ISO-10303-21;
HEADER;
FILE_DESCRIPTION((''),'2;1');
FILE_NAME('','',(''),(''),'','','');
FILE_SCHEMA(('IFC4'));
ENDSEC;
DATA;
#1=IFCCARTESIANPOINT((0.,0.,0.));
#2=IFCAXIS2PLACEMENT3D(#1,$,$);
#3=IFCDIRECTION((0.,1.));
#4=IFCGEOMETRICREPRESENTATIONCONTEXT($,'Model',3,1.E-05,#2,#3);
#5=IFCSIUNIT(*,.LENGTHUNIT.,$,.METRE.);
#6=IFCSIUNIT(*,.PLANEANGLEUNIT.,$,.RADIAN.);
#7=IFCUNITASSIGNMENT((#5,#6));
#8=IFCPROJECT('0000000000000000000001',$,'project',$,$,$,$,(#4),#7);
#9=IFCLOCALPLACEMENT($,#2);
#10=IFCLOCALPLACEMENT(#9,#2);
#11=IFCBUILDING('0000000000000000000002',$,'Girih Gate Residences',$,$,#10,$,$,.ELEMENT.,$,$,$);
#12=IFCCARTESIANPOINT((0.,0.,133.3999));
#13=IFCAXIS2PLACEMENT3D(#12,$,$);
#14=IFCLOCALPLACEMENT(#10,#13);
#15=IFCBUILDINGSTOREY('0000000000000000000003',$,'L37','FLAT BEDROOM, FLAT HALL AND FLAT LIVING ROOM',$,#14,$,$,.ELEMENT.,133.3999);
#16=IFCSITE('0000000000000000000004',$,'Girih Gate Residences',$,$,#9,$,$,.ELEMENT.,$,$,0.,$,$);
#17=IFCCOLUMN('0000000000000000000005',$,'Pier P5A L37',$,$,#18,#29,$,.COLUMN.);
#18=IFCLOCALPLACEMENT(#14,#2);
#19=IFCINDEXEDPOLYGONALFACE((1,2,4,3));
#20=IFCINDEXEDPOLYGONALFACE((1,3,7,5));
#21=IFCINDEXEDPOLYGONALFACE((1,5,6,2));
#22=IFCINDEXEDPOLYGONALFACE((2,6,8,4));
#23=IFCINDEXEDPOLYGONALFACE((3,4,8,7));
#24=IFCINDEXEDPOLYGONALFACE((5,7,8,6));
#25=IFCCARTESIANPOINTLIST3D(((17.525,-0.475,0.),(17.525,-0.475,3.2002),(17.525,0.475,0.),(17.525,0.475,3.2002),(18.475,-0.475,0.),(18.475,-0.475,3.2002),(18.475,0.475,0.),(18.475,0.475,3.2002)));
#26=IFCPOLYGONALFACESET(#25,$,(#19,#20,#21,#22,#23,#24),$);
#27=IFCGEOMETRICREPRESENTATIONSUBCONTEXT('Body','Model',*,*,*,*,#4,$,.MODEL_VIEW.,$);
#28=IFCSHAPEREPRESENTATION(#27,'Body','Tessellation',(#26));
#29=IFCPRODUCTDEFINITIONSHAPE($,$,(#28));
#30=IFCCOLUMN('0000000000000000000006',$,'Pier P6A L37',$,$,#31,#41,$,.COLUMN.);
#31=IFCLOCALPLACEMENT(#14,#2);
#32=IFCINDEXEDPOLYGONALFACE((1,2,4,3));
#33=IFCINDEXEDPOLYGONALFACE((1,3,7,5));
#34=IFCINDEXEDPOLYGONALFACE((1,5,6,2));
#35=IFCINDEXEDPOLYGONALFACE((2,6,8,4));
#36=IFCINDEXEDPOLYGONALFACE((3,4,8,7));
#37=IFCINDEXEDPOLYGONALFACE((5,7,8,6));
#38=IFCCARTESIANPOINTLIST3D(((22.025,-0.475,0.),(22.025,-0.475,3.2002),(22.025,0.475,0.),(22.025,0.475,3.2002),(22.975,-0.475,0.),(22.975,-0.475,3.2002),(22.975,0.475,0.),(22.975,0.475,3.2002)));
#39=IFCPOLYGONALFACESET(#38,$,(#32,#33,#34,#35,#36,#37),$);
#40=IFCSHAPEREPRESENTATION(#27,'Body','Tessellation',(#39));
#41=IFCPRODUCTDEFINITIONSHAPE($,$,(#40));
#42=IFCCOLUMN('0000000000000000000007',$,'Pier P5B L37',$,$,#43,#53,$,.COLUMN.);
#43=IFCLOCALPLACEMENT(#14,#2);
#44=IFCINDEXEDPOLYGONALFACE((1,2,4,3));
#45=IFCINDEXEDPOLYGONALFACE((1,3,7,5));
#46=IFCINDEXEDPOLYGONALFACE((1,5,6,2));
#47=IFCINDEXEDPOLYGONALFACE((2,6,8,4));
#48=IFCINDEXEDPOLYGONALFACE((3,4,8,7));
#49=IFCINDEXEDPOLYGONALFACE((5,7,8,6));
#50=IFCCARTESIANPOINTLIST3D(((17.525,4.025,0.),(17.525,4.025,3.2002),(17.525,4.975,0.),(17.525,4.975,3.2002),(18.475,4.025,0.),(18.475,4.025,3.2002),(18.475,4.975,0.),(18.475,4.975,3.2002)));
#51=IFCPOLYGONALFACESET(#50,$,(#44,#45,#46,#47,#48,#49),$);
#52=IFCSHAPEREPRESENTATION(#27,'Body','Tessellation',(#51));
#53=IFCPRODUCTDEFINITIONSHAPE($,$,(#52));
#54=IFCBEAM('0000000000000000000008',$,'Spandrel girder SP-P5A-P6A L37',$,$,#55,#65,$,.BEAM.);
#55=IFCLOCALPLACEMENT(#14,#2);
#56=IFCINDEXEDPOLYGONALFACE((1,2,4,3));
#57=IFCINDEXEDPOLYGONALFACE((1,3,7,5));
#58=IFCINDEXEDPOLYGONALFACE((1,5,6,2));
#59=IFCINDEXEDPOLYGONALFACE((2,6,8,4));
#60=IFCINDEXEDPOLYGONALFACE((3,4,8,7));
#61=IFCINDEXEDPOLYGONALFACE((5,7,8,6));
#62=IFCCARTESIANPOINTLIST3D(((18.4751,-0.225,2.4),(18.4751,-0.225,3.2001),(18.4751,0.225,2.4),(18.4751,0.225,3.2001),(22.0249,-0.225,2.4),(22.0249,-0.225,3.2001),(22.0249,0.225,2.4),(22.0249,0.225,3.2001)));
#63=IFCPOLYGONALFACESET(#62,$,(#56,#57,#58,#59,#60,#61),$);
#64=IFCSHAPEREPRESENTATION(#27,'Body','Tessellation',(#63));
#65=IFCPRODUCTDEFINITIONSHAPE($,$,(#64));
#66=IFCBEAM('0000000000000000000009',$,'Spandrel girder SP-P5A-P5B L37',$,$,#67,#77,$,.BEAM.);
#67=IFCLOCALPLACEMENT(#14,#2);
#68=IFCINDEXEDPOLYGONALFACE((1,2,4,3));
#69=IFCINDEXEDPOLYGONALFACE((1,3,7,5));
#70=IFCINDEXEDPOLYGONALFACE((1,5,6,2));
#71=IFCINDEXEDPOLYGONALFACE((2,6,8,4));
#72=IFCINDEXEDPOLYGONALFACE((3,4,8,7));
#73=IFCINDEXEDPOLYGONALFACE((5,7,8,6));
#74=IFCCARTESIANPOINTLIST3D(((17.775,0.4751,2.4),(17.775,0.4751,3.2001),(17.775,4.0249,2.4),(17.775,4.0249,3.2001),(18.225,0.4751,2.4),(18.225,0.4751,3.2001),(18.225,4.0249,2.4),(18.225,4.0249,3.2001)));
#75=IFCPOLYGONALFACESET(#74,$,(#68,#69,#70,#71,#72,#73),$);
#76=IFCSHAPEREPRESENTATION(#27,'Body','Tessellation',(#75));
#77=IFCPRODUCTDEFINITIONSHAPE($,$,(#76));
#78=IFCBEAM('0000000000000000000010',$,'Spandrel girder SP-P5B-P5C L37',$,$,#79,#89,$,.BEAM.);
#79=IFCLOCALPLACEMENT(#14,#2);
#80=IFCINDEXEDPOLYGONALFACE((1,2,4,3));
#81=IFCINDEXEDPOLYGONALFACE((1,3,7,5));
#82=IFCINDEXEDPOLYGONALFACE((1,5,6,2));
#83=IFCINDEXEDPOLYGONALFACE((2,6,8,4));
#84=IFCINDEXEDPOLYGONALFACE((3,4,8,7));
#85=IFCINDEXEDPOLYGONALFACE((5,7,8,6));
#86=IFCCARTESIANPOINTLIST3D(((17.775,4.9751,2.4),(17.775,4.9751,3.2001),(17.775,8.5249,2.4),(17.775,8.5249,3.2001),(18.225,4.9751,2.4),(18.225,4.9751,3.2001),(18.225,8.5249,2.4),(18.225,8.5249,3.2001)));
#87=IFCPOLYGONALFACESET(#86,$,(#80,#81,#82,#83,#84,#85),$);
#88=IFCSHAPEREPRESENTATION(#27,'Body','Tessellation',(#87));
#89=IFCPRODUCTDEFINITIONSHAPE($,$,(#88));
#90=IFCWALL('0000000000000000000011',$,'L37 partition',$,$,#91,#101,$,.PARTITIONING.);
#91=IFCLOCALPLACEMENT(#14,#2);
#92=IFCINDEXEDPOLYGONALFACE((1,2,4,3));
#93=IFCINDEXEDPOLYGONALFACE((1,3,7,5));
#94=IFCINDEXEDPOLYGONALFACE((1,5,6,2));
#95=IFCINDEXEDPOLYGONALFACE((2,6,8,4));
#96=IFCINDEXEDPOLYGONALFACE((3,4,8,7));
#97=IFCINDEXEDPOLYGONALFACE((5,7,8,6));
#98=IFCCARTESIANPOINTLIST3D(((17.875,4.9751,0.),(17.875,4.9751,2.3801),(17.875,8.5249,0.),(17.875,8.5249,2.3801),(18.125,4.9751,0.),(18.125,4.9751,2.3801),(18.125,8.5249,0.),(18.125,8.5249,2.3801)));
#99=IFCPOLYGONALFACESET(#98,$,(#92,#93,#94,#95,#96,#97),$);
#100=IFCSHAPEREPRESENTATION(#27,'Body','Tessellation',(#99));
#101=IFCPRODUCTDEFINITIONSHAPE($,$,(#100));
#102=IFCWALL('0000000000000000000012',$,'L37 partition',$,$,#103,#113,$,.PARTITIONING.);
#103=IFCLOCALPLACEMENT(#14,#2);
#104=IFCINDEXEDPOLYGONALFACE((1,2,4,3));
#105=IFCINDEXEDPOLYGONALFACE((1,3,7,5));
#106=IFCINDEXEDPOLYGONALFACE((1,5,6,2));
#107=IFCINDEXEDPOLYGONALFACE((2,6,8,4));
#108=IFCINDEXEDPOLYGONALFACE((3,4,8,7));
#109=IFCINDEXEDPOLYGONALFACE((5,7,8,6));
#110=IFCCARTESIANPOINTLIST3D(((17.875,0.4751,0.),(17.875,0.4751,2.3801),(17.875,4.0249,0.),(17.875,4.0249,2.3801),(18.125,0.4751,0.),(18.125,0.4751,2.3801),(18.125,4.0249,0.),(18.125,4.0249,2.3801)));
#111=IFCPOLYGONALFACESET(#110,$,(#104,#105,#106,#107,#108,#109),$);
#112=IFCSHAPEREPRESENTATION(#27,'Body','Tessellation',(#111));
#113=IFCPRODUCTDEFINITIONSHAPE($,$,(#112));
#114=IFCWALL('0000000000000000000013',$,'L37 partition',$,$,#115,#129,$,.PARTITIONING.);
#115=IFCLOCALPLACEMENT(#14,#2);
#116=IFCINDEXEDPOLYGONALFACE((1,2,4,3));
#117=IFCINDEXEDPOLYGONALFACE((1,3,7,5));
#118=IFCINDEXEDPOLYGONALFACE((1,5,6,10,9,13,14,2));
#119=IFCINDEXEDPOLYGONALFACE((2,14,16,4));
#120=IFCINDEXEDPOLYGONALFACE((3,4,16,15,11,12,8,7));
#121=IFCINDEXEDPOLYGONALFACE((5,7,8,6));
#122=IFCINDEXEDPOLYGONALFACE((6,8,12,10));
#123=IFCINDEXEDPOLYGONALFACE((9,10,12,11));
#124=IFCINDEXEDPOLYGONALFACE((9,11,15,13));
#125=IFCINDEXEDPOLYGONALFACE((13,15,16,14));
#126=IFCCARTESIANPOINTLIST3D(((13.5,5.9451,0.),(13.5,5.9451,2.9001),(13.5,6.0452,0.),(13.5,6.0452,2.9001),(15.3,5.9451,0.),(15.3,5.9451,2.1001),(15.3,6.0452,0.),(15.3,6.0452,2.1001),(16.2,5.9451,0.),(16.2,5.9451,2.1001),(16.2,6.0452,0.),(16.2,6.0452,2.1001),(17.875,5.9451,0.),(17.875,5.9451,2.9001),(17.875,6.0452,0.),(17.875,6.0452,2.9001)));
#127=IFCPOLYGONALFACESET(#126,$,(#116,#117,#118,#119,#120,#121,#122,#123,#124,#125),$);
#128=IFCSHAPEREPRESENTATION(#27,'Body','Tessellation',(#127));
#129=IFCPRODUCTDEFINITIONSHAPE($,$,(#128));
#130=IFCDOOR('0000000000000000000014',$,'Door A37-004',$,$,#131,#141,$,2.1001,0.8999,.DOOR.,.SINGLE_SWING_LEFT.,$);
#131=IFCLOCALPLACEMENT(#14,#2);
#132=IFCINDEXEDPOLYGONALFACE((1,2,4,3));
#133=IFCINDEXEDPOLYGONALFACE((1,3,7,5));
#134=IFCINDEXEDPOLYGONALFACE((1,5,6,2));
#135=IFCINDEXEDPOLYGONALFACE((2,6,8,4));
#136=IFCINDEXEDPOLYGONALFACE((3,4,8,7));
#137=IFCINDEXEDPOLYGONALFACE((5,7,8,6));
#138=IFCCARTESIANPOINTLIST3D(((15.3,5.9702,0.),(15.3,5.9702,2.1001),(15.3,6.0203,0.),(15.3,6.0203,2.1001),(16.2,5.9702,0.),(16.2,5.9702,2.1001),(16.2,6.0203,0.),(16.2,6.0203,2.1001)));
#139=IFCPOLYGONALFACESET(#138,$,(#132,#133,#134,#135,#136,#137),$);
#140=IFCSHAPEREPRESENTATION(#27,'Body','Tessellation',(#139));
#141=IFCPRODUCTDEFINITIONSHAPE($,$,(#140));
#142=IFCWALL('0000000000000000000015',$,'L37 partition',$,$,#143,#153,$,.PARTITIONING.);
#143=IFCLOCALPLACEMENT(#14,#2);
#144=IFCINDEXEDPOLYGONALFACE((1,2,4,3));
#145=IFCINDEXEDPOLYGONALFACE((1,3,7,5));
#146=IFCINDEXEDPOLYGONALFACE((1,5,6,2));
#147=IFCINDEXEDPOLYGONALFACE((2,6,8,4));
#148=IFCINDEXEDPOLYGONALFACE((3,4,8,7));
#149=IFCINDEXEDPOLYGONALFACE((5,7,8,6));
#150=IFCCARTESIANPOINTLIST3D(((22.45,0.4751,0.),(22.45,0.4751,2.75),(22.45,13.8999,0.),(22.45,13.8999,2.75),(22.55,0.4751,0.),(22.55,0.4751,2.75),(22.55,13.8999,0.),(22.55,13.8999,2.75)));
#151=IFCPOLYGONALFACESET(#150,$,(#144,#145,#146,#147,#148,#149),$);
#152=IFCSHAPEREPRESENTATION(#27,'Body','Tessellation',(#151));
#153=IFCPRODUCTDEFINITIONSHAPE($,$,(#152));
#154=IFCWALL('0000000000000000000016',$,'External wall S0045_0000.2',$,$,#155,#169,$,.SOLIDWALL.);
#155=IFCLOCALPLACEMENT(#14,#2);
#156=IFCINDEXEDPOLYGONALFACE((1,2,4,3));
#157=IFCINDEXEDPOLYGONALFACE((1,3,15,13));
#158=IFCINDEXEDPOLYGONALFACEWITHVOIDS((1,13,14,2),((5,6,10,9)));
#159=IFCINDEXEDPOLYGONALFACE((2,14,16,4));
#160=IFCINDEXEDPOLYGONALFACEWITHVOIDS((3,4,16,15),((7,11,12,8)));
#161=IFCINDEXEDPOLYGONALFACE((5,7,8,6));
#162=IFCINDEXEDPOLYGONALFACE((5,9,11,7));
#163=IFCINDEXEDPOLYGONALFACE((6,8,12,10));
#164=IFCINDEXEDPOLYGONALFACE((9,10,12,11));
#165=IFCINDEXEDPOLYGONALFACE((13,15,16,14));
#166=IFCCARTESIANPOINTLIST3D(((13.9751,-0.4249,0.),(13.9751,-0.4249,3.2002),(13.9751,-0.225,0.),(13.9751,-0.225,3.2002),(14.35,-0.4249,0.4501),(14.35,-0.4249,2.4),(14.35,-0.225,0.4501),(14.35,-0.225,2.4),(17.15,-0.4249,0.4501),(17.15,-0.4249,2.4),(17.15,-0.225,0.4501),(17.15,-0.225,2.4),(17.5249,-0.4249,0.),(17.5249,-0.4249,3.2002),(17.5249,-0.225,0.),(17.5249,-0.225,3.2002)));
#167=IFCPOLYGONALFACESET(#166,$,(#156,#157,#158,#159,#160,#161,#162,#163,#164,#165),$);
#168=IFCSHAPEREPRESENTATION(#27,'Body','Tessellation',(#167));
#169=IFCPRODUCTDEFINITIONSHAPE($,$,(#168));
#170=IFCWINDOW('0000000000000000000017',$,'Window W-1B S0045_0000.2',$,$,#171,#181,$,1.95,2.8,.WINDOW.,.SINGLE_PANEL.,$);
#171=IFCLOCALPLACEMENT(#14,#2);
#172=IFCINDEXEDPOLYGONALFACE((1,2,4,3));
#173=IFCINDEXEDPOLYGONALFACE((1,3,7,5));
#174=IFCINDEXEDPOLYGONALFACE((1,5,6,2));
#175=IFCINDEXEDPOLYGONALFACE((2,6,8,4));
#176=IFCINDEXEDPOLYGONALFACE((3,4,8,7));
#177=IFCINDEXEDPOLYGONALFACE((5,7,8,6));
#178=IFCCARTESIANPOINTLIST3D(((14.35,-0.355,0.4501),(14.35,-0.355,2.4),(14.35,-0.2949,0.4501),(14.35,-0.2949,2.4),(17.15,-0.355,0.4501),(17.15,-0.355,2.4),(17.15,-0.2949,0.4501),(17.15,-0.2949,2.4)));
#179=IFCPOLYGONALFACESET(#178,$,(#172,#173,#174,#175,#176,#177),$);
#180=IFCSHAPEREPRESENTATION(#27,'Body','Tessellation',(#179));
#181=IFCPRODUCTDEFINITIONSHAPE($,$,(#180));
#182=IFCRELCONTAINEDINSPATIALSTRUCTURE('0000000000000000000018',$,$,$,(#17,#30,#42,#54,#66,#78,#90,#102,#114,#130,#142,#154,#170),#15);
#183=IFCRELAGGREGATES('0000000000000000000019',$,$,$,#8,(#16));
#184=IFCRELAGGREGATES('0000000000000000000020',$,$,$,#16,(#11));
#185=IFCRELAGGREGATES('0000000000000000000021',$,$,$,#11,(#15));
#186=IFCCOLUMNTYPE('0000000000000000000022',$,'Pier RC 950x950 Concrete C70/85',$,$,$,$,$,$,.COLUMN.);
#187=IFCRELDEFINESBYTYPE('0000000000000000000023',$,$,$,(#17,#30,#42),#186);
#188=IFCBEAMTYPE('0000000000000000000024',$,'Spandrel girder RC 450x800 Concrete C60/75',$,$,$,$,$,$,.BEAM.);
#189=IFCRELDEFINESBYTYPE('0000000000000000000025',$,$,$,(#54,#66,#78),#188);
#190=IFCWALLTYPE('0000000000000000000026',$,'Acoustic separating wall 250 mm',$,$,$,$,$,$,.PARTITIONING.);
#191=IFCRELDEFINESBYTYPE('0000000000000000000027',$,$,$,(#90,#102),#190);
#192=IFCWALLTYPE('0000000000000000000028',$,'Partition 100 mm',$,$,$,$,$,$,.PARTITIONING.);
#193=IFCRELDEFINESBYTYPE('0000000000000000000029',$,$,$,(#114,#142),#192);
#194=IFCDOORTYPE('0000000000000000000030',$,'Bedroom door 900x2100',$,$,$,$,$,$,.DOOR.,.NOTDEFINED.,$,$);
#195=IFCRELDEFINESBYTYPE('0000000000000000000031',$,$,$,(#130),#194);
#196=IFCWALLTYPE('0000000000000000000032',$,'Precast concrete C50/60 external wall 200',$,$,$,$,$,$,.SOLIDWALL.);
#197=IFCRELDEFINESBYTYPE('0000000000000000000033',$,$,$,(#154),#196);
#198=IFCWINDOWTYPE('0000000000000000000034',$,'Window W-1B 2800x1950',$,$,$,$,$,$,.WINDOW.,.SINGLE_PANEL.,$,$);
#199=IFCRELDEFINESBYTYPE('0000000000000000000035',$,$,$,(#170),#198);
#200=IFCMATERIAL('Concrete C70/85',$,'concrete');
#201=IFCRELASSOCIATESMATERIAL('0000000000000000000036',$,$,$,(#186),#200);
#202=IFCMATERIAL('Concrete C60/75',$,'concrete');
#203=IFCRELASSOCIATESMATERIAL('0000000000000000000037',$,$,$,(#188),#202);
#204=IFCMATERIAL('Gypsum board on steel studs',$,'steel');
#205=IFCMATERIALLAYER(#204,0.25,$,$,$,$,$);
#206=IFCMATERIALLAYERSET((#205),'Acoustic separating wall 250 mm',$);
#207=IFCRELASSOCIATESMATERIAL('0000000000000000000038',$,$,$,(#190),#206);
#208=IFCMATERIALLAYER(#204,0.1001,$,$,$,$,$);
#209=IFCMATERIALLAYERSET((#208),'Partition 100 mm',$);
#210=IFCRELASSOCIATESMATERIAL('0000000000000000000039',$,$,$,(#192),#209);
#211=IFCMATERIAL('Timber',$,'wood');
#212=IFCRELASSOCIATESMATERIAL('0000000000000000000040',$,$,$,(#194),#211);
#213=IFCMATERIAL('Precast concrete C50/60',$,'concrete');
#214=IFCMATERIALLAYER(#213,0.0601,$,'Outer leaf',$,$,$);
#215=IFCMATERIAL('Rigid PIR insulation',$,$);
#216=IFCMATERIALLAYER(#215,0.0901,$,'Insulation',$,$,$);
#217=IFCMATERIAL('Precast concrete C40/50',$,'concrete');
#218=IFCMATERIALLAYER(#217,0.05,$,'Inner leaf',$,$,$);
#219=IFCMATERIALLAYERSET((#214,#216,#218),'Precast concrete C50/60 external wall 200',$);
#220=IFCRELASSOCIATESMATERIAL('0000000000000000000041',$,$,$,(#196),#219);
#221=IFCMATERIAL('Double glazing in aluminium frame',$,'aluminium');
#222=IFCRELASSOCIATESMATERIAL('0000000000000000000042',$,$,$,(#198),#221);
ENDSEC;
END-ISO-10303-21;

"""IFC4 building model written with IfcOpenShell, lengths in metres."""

from ifc_helpers import new_model, si_unit, direction, frame, frame_2d, origin, origin_2d, place, context, subcontext, project, spatial, rectangle, extrude, material, layer, layer_set, material_profile, profile_set, type_object, element, fill, save


model = new_model("IFC4")

# Units and contexts
model_context = context("Model", 3, precision=1e-05, world=origin(), true_north=direction((0.0, 1.0)))
body_context = subcontext(model_context, "Body", "Model", "MODEL_VIEW")
ifc_project = project(units=[si_unit("LENGTHUNIT", "METRE"), si_unit("PLANEANGLEUNIT", "RADIAN")], contexts=[model_context])

# Site, building, storey
site_placement = place(None, origin())
site = spatial("IfcSite", under=ifc_project, at=site_placement, Name="Girih Gate Residences", CompositionType="ELEMENT", RefElevation=0.0)
building_placement = place(site_placement, origin())
building = spatial("IfcBuilding", under=site, at=building_placement, Name="Girih Gate Residences", CompositionType="ELEMENT")
storey_placement = place(building_placement, frame((0.0, 0.0, 133.3999)))
storey = spatial("IfcBuildingStorey", under=building, at=storey_placement, Name="L37", Description="FLAT BEDROOM, FLAT HALL AND FLAT LIVING ROOM", CompositionType="ELEMENT", Elevation=133.3999)

# Columns
ifc_material_1 = material(Name="Concrete C70/85", Category="concrete")
ifc_material_profile_1 = material_profile(ifc_material_1, rectangle(XDim=0.95, YDim=0.95, at=origin_2d()))
ifc_profile_set_1 = profile_set([ifc_material_profile_1], Name="Concrete C70/85")
column_type = type_object("IfcColumnType", Name="Pier RC 950x950 Concrete C70/85", PredefinedType="COLUMN", material=ifc_profile_set_1)
for number, where, z_axis, x_axis, name in (
    (1, (18.0, 0.0, 0.0), (0.0, 0.0, 1.0), (1.0, 0.0, 0.0), "Pier P5A L37"),
    (2, (22.5, 0.0, 0.0), (0.0, 0.0, 1.0), (1.0, 0.0, 0.0), "Pier P6A L37"),
    (3, (18.0, 4.5, 0.0), (0.0, 0.0, 1.0), (1.0, 0.0, 0.0), "Pier P5B L37"),
):
    element("IfcColumn", number, at=place(storey_placement, frame(where, z_axis=z_axis, x_axis=x_axis)), inside=storey, type_object=column_type, Name=name, PredefinedType="COLUMN", context=body_context, shape_type="SweptSolid", body=[
        extrude(rectangle(XDim=0.95, YDim=0.95, at=origin_2d()), origin(), (0.0, 0.0, 1.0), 3.2002),
    ])

# Beams
ifc_material_2 = material(Name="Concrete C60/75", Category="concrete")
ifc_material_profile_2 = material_profile(ifc_material_2, rectangle(XDim=0.45, YDim=0.8, at=origin_2d()))
ifc_profile_set_2 = profile_set([ifc_material_profile_2], Name="Concrete C60/75")
beam_type = type_object("IfcBeamType", Name="Spandrel girder RC 450x800 Concrete C60/75", PredefinedType="BEAM", material=ifc_profile_set_2)
for number, where, z_axis, x_axis, name in (
    (4, (18.4751, 0.0, 2.8), (1.0, 0.0, 0.0), (0.0, 1.0, 0.0), "Spandrel girder SP-P5A-P6A L37"),
    (5, (18.0, 0.4751, 2.8), (0.0, 1.0, 0.0), (-1.0, 0.0, 0.0), "Spandrel girder SP-P5A-P5B L37"),
    (6, (18.0, 4.9751, 2.8), (0.0, 1.0, 0.0), (-1.0, 0.0, 0.0), "Spandrel girder SP-P5B-P5C L37"),
):
    element("IfcBeam", number, at=place(storey_placement, frame(where, z_axis=z_axis, x_axis=x_axis)), inside=storey, type_object=beam_type, Name=name, PredefinedType="BEAM", context=body_context, shape_type="SweptSolid", body=[
        extrude(rectangle(XDim=0.45, YDim=0.8, at=origin_2d()), origin(), (0.0, 0.0, 1.0), 3.5498),
    ])

# Walls
ifc_material_3 = material(Name="Gypsum board on steel studs", Category="steel")
ifc_layer_1 = layer(ifc_material_3, 0.25)
ifc_layer_set_1 = layer_set([ifc_layer_1], Name="Acoustic separating wall 250 mm")
wall_type_1 = type_object("IfcWallType", Name="Acoustic separating wall 250 mm", PredefinedType="PARTITIONING", material=ifc_layer_set_1)
for number, where, z_axis, x_axis, name in (
    (7, (18.0, 4.9751, 0.0), (0.0, 0.0, 1.0), (0.0, 1.0, 0.0), "L37 partition"),
    (8, (18.0, 0.4751, 0.0), (0.0, 0.0, 1.0), (0.0, 1.0, 0.0), "L37 partition"),
):
    element("IfcWall", number, at=place(storey_placement, frame(where, z_axis=z_axis, x_axis=x_axis)), inside=storey, type_object=wall_type_1, Name=name, PredefinedType="PARTITIONING", context=body_context, shape_type="SweptSolid", body=[
        extrude(rectangle(XDim=3.5498, YDim=0.25, at=frame_2d((1.7749, 0.0))), origin(), (0.0, 0.0, 1.0), 2.3801),
    ])

# Wall, opening, door
ifc_layer_2 = layer(ifc_material_3, 0.1001)
ifc_layer_set_2 = layer_set([ifc_layer_2], Name="Partition 100 mm")
wall_type_2 = type_object("IfcWallType", Name="Partition 100 mm", PredefinedType="PARTITIONING", material=ifc_layer_set_2)
wall_1_placement = place(storey_placement, frame((17.875, 5.9951, 0.0), z_axis=(0.0, 0.0, 1.0), x_axis=(-1.0, 0.0, 0.0)))
wall_1 = element("IfcWall", 9, at=wall_1_placement, inside=storey, type_object=wall_type_2, Name="L37 partition", PredefinedType="PARTITIONING", context=body_context, shape_type="SweptSolid", body=[
    extrude(rectangle(XDim=4.375, YDim=0.1001, at=frame_2d((2.1875, 0.0))), origin(), (0.0, 0.0, 1.0), 2.9001),
])
opening_1_placement = place(wall_1_placement, frame((1.675, 0.0, 0.0)))
opening_1 = element("IfcOpeningElement", 10, at=opening_1_placement, cuts=wall_1, PredefinedType="OPENING", context=body_context, shape_type="SweptSolid", body=[
    extrude(rectangle(XDim=0.8999, YDim=2.1001, at=frame_2d((0.45, 1.05))), frame((0.0, 0.0601, 0.0), z_axis=(0.0, -1.0, 0.0), x_axis=(1.0, 0.0, 0.0)), (0.0, 0.0, 1.0), 0.1201),
])
ifc_material_4 = material(Name="Timber", Category="wood")
door_type_1 = type_object("IfcDoorType", Name="Bedroom door 900x2100", OperationType="NOTDEFINED", PredefinedType="DOOR", material=ifc_material_4)
door_1_placement = place(opening_1_placement, origin())
door_1 = element("IfcDoor", 11, at=door_1_placement, inside=storey, type_object=door_type_1, Name="Door A37-004", OperationType="SINGLE_SWING_LEFT", OverallHeight=2.1001, OverallWidth=0.8999, PredefinedType="DOOR", context=body_context, shape_type="SweptSolid", body=[
    extrude(rectangle(XDim=0.8999, YDim=2.1001, at=frame_2d((0.45, 1.05))), frame((0.0, 0.0249, 0.0), z_axis=(0.0, -1.0, 0.0), x_axis=(1.0, 0.0, 0.0)), (0.0, 0.0, 1.0), 0.05),
])
fill(opening_1, door_1)

# Wall
wall_2_placement = place(storey_placement, frame((22.5, 0.4751, 0.0), z_axis=(0.0, 0.0, 1.0), x_axis=(0.0, 1.0, 0.0)))
element("IfcWall", 12, at=wall_2_placement, inside=storey, type_object=wall_type_2, Name="L37 partition", PredefinedType="PARTITIONING", context=body_context, shape_type="SweptSolid", body=[
    extrude(rectangle(XDim=13.4248, YDim=0.1001, at=frame_2d((6.7124, 0.0))), origin(), (0.0, 0.0, 1.0), 2.75),
])

# Wall, opening, window
ifc_material_5 = material(Name="Precast concrete C50/60", Category="concrete")
ifc_layer_3 = layer(ifc_material_5, 0.0601, Name="Outer leaf")
ifc_material_6 = material(Name="Rigid PIR insulation")
ifc_layer_4 = layer(ifc_material_6, 0.0901, Name="Insulation")
ifc_material_7 = material(Name="Precast concrete C40/50", Category="concrete")
ifc_layer_5 = layer(ifc_material_7, 0.05, Name="Inner leaf")
ifc_layer_set_3 = layer_set([ifc_layer_3, ifc_layer_4, ifc_layer_5], Name="Precast concrete C50/60 external wall 200")
wall_type_3 = type_object("IfcWallType", Name="Precast concrete C50/60 external wall 200", PredefinedType="SOLIDWALL", material=ifc_layer_set_3)
wall_3_placement = place(storey_placement, frame((17.5249, -0.325, 0.0), z_axis=(0.0, 0.0, 1.0), x_axis=(-1.0, 0.0, 0.0)))
wall_3 = element("IfcWall", 13, at=wall_3_placement, inside=storey, type_object=wall_type_3, Name="External wall S0045_0000.2", PredefinedType="SOLIDWALL", context=body_context, shape_type="SweptSolid", body=[
    extrude(rectangle(XDim=3.5498, YDim=0.2, at=frame_2d((1.7749, 0.0))), origin(), (0.0, 0.0, 1.0), 3.2002),
])
opening_2_placement = place(wall_3_placement, frame((0.375, 0.0, 0.45)))
opening_2 = element("IfcOpeningElement", 14, at=opening_2_placement, cuts=wall_3, PredefinedType="OPENING", context=body_context, shape_type="SweptSolid", body=[
    extrude(rectangle(XDim=2.8, YDim=1.95, at=frame_2d((1.3999, 0.9751))), frame((0.0, 0.1099, 0.0), z_axis=(0.0, -1.0, 0.0), x_axis=(1.0, 0.0, 0.0)), (0.0, 0.0, 1.0), 0.22),
])
ifc_material_8 = material(Name="Double glazing in aluminium frame", Category="aluminium")
window_type = type_object("IfcWindowType", Name="Window W-1B 2800x1950", PartitioningType="SINGLE_PANEL", PredefinedType="WINDOW", material=ifc_material_8)
window_1_placement = place(opening_2_placement, origin())
window_1 = element("IfcWindow", 15, at=window_1_placement, inside=storey, type_object=window_type, Name="Window W-1B S0045_0000.2", OverallHeight=1.95, OverallWidth=2.8, PartitioningType="SINGLE_PANEL", PredefinedType="WINDOW", context=body_context, shape_type="SweptSolid", body=[
    extrude(rectangle(XDim=2.8, YDim=1.95, at=frame_2d((1.3999, 0.9751))), frame((0.0, 0.03, 0.0), z_axis=(0.0, -1.0, 0.0), x_axis=(1.0, 0.0, 0.0)), (0.0, 0.0, 1.0), 0.0601),
])
fill(opening_2, window_1)

save(model, "model.ifc")
